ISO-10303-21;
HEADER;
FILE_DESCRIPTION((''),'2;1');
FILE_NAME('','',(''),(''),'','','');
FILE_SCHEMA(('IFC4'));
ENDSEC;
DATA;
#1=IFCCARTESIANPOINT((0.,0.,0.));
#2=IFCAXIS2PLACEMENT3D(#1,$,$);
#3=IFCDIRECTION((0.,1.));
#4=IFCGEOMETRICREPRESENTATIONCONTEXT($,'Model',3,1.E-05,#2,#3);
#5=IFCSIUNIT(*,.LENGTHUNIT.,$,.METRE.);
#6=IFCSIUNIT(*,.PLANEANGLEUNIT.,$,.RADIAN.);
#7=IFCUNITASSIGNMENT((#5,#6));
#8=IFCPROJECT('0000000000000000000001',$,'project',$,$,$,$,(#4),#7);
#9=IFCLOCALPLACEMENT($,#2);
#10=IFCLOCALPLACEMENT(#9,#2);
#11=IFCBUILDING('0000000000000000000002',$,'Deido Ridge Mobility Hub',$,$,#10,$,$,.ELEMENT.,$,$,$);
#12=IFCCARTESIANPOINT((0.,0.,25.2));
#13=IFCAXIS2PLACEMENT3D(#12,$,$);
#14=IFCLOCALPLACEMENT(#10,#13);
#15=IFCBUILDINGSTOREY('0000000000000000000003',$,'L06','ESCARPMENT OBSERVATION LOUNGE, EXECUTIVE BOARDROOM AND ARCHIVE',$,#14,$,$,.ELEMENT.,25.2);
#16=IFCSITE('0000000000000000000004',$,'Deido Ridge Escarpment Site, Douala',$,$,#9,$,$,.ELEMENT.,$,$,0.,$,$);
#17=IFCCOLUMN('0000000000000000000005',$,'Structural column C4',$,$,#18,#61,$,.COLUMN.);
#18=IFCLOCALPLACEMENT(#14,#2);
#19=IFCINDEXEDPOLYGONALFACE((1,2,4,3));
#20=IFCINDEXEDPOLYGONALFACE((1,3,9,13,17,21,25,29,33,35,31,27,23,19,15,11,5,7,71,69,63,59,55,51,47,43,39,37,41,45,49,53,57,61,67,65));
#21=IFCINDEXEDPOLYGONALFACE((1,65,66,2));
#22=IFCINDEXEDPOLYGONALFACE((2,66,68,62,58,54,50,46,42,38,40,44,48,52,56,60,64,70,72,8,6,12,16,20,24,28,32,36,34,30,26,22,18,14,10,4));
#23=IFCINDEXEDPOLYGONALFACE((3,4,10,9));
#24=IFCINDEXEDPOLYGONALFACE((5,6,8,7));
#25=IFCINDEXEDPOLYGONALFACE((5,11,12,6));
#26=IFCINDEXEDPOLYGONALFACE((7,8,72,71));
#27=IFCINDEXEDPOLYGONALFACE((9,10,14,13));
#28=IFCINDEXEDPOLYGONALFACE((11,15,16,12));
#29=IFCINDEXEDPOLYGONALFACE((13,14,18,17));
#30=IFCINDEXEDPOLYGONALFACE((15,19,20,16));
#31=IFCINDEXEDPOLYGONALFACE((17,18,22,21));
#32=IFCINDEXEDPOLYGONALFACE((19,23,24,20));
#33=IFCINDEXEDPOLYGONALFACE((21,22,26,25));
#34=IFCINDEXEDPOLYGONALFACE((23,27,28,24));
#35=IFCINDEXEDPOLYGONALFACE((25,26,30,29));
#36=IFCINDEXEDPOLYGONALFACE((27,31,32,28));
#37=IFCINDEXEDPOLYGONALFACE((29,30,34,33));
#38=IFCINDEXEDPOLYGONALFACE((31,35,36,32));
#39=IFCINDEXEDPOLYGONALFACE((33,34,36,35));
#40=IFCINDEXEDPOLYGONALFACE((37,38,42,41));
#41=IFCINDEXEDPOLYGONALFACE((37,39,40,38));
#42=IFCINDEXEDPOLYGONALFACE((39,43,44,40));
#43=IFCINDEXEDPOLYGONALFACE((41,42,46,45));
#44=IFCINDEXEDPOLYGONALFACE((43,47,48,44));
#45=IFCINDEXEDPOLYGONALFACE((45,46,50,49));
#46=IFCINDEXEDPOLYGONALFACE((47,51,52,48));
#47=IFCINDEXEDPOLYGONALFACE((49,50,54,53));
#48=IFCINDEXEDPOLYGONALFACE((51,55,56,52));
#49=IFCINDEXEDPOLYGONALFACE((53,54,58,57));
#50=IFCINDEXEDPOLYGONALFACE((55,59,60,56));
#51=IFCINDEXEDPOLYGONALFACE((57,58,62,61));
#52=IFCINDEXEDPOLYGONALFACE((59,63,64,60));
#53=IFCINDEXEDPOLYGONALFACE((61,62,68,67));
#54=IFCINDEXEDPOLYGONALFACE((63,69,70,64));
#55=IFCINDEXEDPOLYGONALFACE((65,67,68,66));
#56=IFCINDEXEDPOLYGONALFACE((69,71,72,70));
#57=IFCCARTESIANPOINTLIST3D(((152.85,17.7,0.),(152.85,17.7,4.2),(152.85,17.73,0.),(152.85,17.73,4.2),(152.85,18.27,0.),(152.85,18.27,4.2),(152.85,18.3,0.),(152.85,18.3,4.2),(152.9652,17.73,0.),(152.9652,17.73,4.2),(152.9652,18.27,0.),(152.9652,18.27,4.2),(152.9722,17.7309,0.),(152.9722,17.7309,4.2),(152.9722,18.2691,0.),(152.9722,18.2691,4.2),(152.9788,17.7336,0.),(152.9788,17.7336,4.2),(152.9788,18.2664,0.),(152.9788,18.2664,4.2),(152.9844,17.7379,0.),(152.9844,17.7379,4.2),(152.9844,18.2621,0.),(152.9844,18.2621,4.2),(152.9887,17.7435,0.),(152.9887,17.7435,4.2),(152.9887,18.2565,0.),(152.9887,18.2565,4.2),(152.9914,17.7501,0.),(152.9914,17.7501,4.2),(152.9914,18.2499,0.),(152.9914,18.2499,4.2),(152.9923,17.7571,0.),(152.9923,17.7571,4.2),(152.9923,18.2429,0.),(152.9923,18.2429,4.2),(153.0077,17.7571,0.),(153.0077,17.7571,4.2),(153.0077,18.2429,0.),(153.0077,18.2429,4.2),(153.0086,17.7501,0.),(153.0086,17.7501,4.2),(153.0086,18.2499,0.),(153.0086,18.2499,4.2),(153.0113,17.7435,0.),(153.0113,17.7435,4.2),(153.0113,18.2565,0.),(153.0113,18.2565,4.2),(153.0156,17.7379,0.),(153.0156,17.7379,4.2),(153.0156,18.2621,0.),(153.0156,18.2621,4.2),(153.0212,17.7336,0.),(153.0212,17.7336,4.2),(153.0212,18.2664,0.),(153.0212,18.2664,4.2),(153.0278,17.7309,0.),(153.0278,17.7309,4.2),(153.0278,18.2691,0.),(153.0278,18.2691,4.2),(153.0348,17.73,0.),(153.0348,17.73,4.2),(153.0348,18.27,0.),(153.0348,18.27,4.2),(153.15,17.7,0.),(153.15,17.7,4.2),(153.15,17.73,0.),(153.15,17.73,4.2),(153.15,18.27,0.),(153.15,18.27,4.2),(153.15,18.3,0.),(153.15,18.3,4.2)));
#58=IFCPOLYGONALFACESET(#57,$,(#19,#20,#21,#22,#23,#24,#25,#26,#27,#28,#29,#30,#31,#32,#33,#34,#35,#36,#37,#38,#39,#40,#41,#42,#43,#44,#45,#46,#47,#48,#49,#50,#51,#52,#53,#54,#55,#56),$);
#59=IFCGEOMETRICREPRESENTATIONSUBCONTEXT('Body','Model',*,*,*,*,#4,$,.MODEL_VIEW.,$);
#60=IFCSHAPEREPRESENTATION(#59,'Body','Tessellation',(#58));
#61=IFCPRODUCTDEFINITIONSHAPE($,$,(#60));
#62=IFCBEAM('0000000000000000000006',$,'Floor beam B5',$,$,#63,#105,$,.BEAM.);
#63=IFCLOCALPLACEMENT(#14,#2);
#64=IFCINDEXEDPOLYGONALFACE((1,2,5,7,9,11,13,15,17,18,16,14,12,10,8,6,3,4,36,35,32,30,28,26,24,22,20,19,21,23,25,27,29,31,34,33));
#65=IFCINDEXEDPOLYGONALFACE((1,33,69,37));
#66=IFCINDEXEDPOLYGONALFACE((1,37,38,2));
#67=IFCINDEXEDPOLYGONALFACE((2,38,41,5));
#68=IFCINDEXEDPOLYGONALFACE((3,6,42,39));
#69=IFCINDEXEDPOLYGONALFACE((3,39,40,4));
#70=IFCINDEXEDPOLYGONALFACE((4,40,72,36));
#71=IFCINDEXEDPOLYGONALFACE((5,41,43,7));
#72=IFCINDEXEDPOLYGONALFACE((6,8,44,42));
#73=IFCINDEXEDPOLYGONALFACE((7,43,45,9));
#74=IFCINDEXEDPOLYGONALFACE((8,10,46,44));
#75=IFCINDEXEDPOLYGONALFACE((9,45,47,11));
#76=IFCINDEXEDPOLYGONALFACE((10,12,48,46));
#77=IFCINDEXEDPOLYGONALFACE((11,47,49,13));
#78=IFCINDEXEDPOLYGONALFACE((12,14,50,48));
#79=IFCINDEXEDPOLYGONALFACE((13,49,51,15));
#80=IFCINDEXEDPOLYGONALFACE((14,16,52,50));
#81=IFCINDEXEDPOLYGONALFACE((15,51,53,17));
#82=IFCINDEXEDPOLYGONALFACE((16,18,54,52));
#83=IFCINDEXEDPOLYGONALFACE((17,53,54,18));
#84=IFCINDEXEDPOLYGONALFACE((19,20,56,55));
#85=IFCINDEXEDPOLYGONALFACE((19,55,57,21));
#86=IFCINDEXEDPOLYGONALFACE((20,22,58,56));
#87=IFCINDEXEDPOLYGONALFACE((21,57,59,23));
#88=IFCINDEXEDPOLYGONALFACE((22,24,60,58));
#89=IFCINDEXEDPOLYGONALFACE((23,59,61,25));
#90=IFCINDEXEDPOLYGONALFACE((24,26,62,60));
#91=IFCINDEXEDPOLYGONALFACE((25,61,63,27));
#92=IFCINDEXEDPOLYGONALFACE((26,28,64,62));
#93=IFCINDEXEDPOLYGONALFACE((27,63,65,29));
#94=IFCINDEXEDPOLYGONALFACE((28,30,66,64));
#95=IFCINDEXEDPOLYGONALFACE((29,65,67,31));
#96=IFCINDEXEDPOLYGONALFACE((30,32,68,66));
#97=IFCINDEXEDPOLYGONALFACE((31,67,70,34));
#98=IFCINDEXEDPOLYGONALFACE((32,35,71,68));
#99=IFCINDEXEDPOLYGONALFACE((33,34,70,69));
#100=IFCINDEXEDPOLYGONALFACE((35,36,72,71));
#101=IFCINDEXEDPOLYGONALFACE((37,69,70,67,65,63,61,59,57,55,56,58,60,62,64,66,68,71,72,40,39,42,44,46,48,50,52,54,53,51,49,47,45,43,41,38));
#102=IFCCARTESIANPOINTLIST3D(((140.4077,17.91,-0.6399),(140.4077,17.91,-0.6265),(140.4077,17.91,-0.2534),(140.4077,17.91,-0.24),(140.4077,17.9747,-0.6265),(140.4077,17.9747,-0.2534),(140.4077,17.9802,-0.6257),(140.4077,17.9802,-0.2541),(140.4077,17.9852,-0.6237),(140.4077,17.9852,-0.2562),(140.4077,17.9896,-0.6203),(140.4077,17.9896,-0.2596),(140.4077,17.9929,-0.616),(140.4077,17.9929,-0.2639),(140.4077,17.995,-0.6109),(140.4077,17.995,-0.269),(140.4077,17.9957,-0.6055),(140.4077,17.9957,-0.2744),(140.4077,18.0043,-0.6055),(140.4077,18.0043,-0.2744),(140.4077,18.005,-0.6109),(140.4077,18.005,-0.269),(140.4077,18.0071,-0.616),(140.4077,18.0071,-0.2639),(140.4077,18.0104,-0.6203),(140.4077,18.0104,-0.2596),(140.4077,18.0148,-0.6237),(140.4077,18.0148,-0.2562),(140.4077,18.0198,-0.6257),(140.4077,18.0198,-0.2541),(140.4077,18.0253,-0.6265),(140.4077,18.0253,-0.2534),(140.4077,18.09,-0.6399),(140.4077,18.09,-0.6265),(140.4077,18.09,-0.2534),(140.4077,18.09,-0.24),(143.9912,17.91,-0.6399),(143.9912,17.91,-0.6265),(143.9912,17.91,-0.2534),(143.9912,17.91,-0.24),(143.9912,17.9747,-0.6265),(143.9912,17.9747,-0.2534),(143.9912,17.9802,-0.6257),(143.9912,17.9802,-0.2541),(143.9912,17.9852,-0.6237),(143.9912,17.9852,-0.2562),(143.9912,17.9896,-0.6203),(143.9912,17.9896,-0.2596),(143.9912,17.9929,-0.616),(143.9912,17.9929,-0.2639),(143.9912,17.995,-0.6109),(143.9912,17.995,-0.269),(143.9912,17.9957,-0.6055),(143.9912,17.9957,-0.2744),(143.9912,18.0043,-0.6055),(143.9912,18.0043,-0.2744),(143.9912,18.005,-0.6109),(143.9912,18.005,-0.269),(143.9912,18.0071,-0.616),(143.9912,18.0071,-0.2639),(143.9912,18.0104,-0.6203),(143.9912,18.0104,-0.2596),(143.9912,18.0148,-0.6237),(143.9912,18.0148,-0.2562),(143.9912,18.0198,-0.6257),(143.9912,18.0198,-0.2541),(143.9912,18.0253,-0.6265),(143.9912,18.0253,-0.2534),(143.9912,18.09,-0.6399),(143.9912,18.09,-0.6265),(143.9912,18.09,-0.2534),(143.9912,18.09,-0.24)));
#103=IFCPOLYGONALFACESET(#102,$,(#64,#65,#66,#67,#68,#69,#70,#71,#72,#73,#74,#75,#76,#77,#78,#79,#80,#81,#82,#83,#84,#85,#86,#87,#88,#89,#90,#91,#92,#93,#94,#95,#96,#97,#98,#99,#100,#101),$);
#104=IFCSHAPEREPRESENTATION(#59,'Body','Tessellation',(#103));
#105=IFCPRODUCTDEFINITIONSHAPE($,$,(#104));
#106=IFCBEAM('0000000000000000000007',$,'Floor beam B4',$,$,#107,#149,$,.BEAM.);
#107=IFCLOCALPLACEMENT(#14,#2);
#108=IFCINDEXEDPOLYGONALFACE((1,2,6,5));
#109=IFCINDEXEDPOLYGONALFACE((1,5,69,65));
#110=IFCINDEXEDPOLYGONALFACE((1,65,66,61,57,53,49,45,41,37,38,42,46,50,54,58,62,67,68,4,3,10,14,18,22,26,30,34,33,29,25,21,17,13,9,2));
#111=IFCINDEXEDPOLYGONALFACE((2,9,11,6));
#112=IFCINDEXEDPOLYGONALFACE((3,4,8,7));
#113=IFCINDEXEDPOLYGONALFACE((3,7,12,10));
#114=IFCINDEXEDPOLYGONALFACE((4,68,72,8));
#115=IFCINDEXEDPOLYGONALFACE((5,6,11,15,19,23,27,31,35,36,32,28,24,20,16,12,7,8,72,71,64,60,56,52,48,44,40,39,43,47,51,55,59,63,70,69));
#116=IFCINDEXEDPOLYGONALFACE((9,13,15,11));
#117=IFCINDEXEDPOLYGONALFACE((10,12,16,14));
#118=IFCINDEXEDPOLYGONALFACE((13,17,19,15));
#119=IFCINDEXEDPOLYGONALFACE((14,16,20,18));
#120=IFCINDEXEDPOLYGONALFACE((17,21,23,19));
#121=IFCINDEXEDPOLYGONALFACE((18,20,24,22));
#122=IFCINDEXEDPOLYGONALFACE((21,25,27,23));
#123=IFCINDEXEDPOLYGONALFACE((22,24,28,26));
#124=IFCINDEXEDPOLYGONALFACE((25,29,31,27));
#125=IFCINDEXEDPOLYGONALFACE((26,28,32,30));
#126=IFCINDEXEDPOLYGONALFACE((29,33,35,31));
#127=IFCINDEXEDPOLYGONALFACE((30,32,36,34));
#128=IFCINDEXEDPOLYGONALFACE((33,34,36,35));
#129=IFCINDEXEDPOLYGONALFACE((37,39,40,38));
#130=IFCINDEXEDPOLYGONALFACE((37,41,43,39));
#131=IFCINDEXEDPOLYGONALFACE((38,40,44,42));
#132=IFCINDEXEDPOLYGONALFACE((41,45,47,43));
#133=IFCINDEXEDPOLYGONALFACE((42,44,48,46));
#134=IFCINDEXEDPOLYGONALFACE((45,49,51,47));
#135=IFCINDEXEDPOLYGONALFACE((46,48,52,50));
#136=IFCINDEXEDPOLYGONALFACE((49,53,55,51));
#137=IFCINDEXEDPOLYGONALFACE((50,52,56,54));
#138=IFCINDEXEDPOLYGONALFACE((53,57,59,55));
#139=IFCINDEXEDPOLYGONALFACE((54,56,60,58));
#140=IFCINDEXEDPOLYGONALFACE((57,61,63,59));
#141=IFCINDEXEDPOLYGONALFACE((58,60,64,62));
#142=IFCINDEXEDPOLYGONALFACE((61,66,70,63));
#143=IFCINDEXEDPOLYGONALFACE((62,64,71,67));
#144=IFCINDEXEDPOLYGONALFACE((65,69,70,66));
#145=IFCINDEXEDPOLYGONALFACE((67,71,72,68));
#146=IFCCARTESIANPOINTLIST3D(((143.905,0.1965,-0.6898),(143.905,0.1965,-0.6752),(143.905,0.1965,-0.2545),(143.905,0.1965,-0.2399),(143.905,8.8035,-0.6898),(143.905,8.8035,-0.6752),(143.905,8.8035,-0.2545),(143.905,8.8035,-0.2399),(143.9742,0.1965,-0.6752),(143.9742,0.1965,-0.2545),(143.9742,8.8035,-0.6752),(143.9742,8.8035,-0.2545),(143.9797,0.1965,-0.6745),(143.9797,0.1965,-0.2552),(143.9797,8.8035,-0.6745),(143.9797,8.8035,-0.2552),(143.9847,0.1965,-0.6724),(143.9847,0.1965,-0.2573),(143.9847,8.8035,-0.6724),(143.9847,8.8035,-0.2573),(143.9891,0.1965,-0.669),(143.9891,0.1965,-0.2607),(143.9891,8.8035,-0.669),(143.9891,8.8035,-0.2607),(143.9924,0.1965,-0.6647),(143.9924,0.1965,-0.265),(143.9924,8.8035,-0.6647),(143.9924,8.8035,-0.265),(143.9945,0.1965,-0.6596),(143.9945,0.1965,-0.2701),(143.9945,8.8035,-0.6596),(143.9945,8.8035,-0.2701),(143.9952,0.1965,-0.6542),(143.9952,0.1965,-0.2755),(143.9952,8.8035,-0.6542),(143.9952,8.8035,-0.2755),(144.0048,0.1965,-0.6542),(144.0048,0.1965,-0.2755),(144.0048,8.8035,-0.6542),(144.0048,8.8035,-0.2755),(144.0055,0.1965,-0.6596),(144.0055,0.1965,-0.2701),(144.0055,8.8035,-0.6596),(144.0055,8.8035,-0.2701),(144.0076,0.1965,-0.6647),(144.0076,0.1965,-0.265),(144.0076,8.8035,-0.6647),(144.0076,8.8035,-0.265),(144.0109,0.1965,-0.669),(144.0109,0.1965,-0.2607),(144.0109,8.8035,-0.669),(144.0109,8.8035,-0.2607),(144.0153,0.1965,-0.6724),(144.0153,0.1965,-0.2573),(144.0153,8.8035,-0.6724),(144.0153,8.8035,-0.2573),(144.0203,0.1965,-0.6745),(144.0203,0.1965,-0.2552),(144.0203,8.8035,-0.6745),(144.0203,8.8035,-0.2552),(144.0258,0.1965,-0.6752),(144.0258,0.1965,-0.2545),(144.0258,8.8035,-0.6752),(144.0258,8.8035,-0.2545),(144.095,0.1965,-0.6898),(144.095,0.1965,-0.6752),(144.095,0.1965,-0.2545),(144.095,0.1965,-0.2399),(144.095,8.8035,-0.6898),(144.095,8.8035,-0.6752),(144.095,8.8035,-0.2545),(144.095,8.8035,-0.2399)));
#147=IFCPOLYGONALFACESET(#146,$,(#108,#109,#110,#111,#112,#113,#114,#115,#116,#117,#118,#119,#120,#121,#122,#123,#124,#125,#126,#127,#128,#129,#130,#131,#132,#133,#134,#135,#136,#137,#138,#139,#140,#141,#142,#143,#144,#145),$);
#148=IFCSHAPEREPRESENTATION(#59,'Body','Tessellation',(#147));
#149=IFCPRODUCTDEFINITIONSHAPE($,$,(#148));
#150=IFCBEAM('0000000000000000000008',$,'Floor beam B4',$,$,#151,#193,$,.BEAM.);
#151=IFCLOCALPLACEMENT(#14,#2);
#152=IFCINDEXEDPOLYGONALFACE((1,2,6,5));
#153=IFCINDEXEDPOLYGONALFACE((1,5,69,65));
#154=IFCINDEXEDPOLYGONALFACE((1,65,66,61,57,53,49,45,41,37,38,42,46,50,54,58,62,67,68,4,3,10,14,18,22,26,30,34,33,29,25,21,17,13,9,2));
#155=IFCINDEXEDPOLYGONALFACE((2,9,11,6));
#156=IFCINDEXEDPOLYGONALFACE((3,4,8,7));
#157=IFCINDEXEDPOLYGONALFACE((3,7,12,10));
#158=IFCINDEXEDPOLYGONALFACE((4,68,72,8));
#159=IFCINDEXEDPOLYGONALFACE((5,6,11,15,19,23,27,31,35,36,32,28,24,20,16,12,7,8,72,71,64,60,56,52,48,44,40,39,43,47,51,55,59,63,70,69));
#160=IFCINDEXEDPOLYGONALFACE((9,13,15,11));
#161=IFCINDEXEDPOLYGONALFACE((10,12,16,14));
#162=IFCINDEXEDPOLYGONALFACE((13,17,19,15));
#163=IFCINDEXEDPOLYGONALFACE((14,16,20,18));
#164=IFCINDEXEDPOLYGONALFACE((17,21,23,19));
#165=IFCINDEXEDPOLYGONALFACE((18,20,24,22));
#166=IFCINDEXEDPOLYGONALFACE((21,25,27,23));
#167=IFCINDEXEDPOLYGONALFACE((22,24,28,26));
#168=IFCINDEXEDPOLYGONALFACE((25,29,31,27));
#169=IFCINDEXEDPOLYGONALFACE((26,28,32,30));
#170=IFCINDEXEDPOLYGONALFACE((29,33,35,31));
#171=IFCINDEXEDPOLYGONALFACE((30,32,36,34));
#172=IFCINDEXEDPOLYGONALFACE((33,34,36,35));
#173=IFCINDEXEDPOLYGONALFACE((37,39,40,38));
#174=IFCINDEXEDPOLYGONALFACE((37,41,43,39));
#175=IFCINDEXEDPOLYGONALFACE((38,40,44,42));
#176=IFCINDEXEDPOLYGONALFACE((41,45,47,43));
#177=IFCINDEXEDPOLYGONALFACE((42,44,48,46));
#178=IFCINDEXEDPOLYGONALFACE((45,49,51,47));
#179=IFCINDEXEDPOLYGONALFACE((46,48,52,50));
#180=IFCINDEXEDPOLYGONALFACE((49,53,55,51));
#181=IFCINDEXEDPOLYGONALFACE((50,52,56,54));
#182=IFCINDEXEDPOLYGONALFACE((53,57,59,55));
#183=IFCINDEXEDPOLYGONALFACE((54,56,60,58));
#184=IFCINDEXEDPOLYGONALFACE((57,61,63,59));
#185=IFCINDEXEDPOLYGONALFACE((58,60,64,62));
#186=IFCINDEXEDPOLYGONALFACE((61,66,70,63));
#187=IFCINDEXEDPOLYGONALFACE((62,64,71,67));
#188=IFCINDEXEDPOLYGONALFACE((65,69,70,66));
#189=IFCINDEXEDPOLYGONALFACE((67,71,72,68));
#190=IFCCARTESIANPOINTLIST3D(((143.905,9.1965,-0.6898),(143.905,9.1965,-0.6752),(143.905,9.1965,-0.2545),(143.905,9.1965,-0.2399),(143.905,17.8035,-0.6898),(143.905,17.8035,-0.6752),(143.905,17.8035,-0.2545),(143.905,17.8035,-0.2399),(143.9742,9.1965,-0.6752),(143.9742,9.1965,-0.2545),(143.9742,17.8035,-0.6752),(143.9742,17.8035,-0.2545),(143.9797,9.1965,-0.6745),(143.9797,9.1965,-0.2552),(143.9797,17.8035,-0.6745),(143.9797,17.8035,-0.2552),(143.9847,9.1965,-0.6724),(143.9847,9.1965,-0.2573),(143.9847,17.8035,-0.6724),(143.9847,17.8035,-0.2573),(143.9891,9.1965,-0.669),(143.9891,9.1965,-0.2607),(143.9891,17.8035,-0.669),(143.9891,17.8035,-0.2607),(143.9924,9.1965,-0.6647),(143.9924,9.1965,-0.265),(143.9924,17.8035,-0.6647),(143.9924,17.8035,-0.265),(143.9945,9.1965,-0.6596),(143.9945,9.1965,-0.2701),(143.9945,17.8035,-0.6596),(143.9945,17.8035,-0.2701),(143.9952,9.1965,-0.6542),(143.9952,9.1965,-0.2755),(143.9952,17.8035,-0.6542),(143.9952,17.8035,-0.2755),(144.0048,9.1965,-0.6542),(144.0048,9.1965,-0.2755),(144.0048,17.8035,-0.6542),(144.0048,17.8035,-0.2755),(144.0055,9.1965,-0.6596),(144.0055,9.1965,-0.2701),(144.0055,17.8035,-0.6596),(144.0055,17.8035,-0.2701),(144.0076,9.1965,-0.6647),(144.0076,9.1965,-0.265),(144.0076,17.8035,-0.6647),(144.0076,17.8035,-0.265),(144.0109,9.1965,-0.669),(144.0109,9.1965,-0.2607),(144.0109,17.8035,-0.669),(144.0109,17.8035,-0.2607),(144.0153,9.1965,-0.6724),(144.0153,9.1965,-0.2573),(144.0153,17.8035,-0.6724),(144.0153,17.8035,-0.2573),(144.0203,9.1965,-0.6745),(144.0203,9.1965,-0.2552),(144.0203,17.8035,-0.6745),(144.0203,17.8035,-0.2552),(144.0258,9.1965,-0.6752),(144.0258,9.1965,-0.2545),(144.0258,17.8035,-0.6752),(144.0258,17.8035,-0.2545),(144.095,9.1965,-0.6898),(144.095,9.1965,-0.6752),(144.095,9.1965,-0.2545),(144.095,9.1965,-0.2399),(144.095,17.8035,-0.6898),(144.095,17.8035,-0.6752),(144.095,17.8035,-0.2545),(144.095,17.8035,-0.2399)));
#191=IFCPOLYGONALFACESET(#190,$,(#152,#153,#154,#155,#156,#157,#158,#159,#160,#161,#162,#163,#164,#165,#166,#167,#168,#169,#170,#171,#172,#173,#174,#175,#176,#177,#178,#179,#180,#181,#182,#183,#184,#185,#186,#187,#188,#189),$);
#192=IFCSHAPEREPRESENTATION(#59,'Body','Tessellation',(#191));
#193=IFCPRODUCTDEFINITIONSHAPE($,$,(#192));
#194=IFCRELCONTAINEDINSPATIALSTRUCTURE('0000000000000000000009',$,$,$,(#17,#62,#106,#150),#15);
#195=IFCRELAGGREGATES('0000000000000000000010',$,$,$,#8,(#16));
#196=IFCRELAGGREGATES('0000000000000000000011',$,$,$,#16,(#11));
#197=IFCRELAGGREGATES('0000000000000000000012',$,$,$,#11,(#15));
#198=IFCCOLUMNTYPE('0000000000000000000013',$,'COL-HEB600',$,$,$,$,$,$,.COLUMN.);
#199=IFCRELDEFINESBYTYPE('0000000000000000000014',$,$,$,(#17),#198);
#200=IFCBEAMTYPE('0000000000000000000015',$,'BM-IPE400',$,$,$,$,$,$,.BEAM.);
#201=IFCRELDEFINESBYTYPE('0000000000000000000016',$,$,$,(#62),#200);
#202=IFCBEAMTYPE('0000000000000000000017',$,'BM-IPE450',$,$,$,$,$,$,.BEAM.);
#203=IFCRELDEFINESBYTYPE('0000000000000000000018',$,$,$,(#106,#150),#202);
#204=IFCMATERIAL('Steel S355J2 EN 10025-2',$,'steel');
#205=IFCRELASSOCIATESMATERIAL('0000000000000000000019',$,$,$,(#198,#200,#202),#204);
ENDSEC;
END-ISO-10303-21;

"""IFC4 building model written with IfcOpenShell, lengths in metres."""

from ifc_helpers import new_model, si_unit, direction, frame, origin, origin_2d, place, context, subcontext, project, spatial, i_section, extrude, material, material_profile, profile_set, type_object, element, save


model = new_model("IFC4")

# Units and contexts
model_context = context("Model", 3, precision=1e-05, world=origin(), true_north=direction((0.0, 1.0)))
body_context = subcontext(model_context, "Body", "Model", "MODEL_VIEW")
ifc_project = project(units=[si_unit("LENGTHUNIT", "METRE"), si_unit("PLANEANGLEUNIT", "RADIAN")], contexts=[model_context])

# Site, building, storey
site_placement = place(None, origin())
site = spatial("IfcSite", under=ifc_project, at=site_placement, Name="Deido Ridge Escarpment Site, Douala", CompositionType="ELEMENT", RefElevation=0.0)
building_placement = place(site_placement, origin())
building = spatial("IfcBuilding", under=site, at=building_placement, Name="Deido Ridge Mobility Hub", CompositionType="ELEMENT")
storey_placement = place(building_placement, frame((0.0, 0.0, 25.2)))
storey = spatial("IfcBuildingStorey", under=building, at=storey_placement, Name="L06", Description="ESCARPMENT OBSERVATION LOUNGE, EXECUTIVE BOARDROOM AND ARCHIVE", CompositionType="ELEMENT", Elevation=25.2)

# Column
ifc_material_1 = material(Name="Steel S355J2 EN 10025-2", Category="steel")
ifc_material_profile_1 = material_profile(ifc_material_1, i_section(OverallWidth=0.3, OverallDepth=0.6001, WebThickness=0.0154, FlangeThickness=0.03, FilletRadius=0.0271, at=origin_2d()), Name="HEB 600")
ifc_profile_set_1 = profile_set([ifc_material_profile_1], Name="Steel S355J2 EN 10025-2")
column_type_1 = type_object("IfcColumnType", Name="COL-HEB600", PredefinedType="COLUMN", material=ifc_profile_set_1)
for number, where, z_axis, x_axis, name in (
    (1, (153.0, 18.0, 0.0), (0.0, 0.0, 1.0), (1.0, 0.0, 0.0), "Structural column C4"),
):
    element("IfcColumn", number, at=place(storey_placement, frame(where, z_axis=z_axis, x_axis=x_axis)), inside=storey, type_object=column_type_1, Name=name, PredefinedType="COLUMN", context=body_context, shape_type="SweptSolid", body=[
        extrude(i_section(OverallWidth=0.3, OverallDepth=0.6001, WebThickness=0.0154, FlangeThickness=0.03, FilletRadius=0.0271, at=origin_2d()), origin(), (0.0, 0.0, 1.0), 4.2),
    ])

# Beams
ifc_material_profile_2 = material_profile(ifc_material_1, i_section(OverallWidth=0.1799, OverallDepth=0.3999, WebThickness=0.0085, FlangeThickness=0.0134, FilletRadius=0.021, at=origin_2d()), Name="IPE 400")
ifc_profile_set_2 = profile_set([ifc_material_profile_2], Name="Steel S355J2 EN 10025-2")
beam_type_1 = type_object("IfcBeamType", Name="BM-IPE400", PredefinedType="BEAM", material=ifc_profile_set_2)
beam_1_placement = place(storey_placement, frame((140.4077, 18.0, -0.4399), z_axis=(1.0, 0.0, 0.0), x_axis=(0.0, 1.0, 0.0)))
element("IfcBeam", 2, at=beam_1_placement, inside=storey, type_object=beam_type_1, Name="Floor beam B5", PredefinedType="BEAM", context=body_context, shape_type="SweptSolid", body=[
    extrude(i_section(OverallWidth=0.1799, OverallDepth=0.3999, WebThickness=0.0085, FlangeThickness=0.0134, FilletRadius=0.021, at=origin_2d()), origin(), (0.0, 0.0, 1.0), 3.5835),
])
ifc_material_profile_3 = material_profile(ifc_material_1, i_section(OverallWidth=0.1899, OverallDepth=0.45, WebThickness=0.0095, FlangeThickness=0.0146, FilletRadius=0.021, at=origin_2d()), Name="IPE 450")
ifc_profile_set_3 = profile_set([ifc_material_profile_3], Name="Steel S355J2 EN 10025-2")
beam_type_2 = type_object("IfcBeamType", Name="BM-IPE450", PredefinedType="BEAM", material=ifc_profile_set_3)
for number, where, z_axis, x_axis, name in (
    (3, (144.0, 0.1965, -0.4648), (0.0, 1.0, 0.0), (-1.0, 0.0, 0.0), "Floor beam B4"),
    (4, (144.0, 9.1965, -0.4648), (0.0, 1.0, 0.0), (-1.0, 0.0, 0.0), "Floor beam B4"),
):
    element("IfcBeam", number, at=place(storey_placement, frame(where, z_axis=z_axis, x_axis=x_axis)), inside=storey, type_object=beam_type_2, Name=name, PredefinedType="BEAM", context=body_context, shape_type="SweptSolid", body=[
        extrude(i_section(OverallWidth=0.1899, OverallDepth=0.45, WebThickness=0.0095, FlangeThickness=0.0146, FilletRadius=0.021, at=origin_2d()), origin(), (0.0, 0.0, 1.0), 8.6069),
    ])

save(model, "model.ifc")
